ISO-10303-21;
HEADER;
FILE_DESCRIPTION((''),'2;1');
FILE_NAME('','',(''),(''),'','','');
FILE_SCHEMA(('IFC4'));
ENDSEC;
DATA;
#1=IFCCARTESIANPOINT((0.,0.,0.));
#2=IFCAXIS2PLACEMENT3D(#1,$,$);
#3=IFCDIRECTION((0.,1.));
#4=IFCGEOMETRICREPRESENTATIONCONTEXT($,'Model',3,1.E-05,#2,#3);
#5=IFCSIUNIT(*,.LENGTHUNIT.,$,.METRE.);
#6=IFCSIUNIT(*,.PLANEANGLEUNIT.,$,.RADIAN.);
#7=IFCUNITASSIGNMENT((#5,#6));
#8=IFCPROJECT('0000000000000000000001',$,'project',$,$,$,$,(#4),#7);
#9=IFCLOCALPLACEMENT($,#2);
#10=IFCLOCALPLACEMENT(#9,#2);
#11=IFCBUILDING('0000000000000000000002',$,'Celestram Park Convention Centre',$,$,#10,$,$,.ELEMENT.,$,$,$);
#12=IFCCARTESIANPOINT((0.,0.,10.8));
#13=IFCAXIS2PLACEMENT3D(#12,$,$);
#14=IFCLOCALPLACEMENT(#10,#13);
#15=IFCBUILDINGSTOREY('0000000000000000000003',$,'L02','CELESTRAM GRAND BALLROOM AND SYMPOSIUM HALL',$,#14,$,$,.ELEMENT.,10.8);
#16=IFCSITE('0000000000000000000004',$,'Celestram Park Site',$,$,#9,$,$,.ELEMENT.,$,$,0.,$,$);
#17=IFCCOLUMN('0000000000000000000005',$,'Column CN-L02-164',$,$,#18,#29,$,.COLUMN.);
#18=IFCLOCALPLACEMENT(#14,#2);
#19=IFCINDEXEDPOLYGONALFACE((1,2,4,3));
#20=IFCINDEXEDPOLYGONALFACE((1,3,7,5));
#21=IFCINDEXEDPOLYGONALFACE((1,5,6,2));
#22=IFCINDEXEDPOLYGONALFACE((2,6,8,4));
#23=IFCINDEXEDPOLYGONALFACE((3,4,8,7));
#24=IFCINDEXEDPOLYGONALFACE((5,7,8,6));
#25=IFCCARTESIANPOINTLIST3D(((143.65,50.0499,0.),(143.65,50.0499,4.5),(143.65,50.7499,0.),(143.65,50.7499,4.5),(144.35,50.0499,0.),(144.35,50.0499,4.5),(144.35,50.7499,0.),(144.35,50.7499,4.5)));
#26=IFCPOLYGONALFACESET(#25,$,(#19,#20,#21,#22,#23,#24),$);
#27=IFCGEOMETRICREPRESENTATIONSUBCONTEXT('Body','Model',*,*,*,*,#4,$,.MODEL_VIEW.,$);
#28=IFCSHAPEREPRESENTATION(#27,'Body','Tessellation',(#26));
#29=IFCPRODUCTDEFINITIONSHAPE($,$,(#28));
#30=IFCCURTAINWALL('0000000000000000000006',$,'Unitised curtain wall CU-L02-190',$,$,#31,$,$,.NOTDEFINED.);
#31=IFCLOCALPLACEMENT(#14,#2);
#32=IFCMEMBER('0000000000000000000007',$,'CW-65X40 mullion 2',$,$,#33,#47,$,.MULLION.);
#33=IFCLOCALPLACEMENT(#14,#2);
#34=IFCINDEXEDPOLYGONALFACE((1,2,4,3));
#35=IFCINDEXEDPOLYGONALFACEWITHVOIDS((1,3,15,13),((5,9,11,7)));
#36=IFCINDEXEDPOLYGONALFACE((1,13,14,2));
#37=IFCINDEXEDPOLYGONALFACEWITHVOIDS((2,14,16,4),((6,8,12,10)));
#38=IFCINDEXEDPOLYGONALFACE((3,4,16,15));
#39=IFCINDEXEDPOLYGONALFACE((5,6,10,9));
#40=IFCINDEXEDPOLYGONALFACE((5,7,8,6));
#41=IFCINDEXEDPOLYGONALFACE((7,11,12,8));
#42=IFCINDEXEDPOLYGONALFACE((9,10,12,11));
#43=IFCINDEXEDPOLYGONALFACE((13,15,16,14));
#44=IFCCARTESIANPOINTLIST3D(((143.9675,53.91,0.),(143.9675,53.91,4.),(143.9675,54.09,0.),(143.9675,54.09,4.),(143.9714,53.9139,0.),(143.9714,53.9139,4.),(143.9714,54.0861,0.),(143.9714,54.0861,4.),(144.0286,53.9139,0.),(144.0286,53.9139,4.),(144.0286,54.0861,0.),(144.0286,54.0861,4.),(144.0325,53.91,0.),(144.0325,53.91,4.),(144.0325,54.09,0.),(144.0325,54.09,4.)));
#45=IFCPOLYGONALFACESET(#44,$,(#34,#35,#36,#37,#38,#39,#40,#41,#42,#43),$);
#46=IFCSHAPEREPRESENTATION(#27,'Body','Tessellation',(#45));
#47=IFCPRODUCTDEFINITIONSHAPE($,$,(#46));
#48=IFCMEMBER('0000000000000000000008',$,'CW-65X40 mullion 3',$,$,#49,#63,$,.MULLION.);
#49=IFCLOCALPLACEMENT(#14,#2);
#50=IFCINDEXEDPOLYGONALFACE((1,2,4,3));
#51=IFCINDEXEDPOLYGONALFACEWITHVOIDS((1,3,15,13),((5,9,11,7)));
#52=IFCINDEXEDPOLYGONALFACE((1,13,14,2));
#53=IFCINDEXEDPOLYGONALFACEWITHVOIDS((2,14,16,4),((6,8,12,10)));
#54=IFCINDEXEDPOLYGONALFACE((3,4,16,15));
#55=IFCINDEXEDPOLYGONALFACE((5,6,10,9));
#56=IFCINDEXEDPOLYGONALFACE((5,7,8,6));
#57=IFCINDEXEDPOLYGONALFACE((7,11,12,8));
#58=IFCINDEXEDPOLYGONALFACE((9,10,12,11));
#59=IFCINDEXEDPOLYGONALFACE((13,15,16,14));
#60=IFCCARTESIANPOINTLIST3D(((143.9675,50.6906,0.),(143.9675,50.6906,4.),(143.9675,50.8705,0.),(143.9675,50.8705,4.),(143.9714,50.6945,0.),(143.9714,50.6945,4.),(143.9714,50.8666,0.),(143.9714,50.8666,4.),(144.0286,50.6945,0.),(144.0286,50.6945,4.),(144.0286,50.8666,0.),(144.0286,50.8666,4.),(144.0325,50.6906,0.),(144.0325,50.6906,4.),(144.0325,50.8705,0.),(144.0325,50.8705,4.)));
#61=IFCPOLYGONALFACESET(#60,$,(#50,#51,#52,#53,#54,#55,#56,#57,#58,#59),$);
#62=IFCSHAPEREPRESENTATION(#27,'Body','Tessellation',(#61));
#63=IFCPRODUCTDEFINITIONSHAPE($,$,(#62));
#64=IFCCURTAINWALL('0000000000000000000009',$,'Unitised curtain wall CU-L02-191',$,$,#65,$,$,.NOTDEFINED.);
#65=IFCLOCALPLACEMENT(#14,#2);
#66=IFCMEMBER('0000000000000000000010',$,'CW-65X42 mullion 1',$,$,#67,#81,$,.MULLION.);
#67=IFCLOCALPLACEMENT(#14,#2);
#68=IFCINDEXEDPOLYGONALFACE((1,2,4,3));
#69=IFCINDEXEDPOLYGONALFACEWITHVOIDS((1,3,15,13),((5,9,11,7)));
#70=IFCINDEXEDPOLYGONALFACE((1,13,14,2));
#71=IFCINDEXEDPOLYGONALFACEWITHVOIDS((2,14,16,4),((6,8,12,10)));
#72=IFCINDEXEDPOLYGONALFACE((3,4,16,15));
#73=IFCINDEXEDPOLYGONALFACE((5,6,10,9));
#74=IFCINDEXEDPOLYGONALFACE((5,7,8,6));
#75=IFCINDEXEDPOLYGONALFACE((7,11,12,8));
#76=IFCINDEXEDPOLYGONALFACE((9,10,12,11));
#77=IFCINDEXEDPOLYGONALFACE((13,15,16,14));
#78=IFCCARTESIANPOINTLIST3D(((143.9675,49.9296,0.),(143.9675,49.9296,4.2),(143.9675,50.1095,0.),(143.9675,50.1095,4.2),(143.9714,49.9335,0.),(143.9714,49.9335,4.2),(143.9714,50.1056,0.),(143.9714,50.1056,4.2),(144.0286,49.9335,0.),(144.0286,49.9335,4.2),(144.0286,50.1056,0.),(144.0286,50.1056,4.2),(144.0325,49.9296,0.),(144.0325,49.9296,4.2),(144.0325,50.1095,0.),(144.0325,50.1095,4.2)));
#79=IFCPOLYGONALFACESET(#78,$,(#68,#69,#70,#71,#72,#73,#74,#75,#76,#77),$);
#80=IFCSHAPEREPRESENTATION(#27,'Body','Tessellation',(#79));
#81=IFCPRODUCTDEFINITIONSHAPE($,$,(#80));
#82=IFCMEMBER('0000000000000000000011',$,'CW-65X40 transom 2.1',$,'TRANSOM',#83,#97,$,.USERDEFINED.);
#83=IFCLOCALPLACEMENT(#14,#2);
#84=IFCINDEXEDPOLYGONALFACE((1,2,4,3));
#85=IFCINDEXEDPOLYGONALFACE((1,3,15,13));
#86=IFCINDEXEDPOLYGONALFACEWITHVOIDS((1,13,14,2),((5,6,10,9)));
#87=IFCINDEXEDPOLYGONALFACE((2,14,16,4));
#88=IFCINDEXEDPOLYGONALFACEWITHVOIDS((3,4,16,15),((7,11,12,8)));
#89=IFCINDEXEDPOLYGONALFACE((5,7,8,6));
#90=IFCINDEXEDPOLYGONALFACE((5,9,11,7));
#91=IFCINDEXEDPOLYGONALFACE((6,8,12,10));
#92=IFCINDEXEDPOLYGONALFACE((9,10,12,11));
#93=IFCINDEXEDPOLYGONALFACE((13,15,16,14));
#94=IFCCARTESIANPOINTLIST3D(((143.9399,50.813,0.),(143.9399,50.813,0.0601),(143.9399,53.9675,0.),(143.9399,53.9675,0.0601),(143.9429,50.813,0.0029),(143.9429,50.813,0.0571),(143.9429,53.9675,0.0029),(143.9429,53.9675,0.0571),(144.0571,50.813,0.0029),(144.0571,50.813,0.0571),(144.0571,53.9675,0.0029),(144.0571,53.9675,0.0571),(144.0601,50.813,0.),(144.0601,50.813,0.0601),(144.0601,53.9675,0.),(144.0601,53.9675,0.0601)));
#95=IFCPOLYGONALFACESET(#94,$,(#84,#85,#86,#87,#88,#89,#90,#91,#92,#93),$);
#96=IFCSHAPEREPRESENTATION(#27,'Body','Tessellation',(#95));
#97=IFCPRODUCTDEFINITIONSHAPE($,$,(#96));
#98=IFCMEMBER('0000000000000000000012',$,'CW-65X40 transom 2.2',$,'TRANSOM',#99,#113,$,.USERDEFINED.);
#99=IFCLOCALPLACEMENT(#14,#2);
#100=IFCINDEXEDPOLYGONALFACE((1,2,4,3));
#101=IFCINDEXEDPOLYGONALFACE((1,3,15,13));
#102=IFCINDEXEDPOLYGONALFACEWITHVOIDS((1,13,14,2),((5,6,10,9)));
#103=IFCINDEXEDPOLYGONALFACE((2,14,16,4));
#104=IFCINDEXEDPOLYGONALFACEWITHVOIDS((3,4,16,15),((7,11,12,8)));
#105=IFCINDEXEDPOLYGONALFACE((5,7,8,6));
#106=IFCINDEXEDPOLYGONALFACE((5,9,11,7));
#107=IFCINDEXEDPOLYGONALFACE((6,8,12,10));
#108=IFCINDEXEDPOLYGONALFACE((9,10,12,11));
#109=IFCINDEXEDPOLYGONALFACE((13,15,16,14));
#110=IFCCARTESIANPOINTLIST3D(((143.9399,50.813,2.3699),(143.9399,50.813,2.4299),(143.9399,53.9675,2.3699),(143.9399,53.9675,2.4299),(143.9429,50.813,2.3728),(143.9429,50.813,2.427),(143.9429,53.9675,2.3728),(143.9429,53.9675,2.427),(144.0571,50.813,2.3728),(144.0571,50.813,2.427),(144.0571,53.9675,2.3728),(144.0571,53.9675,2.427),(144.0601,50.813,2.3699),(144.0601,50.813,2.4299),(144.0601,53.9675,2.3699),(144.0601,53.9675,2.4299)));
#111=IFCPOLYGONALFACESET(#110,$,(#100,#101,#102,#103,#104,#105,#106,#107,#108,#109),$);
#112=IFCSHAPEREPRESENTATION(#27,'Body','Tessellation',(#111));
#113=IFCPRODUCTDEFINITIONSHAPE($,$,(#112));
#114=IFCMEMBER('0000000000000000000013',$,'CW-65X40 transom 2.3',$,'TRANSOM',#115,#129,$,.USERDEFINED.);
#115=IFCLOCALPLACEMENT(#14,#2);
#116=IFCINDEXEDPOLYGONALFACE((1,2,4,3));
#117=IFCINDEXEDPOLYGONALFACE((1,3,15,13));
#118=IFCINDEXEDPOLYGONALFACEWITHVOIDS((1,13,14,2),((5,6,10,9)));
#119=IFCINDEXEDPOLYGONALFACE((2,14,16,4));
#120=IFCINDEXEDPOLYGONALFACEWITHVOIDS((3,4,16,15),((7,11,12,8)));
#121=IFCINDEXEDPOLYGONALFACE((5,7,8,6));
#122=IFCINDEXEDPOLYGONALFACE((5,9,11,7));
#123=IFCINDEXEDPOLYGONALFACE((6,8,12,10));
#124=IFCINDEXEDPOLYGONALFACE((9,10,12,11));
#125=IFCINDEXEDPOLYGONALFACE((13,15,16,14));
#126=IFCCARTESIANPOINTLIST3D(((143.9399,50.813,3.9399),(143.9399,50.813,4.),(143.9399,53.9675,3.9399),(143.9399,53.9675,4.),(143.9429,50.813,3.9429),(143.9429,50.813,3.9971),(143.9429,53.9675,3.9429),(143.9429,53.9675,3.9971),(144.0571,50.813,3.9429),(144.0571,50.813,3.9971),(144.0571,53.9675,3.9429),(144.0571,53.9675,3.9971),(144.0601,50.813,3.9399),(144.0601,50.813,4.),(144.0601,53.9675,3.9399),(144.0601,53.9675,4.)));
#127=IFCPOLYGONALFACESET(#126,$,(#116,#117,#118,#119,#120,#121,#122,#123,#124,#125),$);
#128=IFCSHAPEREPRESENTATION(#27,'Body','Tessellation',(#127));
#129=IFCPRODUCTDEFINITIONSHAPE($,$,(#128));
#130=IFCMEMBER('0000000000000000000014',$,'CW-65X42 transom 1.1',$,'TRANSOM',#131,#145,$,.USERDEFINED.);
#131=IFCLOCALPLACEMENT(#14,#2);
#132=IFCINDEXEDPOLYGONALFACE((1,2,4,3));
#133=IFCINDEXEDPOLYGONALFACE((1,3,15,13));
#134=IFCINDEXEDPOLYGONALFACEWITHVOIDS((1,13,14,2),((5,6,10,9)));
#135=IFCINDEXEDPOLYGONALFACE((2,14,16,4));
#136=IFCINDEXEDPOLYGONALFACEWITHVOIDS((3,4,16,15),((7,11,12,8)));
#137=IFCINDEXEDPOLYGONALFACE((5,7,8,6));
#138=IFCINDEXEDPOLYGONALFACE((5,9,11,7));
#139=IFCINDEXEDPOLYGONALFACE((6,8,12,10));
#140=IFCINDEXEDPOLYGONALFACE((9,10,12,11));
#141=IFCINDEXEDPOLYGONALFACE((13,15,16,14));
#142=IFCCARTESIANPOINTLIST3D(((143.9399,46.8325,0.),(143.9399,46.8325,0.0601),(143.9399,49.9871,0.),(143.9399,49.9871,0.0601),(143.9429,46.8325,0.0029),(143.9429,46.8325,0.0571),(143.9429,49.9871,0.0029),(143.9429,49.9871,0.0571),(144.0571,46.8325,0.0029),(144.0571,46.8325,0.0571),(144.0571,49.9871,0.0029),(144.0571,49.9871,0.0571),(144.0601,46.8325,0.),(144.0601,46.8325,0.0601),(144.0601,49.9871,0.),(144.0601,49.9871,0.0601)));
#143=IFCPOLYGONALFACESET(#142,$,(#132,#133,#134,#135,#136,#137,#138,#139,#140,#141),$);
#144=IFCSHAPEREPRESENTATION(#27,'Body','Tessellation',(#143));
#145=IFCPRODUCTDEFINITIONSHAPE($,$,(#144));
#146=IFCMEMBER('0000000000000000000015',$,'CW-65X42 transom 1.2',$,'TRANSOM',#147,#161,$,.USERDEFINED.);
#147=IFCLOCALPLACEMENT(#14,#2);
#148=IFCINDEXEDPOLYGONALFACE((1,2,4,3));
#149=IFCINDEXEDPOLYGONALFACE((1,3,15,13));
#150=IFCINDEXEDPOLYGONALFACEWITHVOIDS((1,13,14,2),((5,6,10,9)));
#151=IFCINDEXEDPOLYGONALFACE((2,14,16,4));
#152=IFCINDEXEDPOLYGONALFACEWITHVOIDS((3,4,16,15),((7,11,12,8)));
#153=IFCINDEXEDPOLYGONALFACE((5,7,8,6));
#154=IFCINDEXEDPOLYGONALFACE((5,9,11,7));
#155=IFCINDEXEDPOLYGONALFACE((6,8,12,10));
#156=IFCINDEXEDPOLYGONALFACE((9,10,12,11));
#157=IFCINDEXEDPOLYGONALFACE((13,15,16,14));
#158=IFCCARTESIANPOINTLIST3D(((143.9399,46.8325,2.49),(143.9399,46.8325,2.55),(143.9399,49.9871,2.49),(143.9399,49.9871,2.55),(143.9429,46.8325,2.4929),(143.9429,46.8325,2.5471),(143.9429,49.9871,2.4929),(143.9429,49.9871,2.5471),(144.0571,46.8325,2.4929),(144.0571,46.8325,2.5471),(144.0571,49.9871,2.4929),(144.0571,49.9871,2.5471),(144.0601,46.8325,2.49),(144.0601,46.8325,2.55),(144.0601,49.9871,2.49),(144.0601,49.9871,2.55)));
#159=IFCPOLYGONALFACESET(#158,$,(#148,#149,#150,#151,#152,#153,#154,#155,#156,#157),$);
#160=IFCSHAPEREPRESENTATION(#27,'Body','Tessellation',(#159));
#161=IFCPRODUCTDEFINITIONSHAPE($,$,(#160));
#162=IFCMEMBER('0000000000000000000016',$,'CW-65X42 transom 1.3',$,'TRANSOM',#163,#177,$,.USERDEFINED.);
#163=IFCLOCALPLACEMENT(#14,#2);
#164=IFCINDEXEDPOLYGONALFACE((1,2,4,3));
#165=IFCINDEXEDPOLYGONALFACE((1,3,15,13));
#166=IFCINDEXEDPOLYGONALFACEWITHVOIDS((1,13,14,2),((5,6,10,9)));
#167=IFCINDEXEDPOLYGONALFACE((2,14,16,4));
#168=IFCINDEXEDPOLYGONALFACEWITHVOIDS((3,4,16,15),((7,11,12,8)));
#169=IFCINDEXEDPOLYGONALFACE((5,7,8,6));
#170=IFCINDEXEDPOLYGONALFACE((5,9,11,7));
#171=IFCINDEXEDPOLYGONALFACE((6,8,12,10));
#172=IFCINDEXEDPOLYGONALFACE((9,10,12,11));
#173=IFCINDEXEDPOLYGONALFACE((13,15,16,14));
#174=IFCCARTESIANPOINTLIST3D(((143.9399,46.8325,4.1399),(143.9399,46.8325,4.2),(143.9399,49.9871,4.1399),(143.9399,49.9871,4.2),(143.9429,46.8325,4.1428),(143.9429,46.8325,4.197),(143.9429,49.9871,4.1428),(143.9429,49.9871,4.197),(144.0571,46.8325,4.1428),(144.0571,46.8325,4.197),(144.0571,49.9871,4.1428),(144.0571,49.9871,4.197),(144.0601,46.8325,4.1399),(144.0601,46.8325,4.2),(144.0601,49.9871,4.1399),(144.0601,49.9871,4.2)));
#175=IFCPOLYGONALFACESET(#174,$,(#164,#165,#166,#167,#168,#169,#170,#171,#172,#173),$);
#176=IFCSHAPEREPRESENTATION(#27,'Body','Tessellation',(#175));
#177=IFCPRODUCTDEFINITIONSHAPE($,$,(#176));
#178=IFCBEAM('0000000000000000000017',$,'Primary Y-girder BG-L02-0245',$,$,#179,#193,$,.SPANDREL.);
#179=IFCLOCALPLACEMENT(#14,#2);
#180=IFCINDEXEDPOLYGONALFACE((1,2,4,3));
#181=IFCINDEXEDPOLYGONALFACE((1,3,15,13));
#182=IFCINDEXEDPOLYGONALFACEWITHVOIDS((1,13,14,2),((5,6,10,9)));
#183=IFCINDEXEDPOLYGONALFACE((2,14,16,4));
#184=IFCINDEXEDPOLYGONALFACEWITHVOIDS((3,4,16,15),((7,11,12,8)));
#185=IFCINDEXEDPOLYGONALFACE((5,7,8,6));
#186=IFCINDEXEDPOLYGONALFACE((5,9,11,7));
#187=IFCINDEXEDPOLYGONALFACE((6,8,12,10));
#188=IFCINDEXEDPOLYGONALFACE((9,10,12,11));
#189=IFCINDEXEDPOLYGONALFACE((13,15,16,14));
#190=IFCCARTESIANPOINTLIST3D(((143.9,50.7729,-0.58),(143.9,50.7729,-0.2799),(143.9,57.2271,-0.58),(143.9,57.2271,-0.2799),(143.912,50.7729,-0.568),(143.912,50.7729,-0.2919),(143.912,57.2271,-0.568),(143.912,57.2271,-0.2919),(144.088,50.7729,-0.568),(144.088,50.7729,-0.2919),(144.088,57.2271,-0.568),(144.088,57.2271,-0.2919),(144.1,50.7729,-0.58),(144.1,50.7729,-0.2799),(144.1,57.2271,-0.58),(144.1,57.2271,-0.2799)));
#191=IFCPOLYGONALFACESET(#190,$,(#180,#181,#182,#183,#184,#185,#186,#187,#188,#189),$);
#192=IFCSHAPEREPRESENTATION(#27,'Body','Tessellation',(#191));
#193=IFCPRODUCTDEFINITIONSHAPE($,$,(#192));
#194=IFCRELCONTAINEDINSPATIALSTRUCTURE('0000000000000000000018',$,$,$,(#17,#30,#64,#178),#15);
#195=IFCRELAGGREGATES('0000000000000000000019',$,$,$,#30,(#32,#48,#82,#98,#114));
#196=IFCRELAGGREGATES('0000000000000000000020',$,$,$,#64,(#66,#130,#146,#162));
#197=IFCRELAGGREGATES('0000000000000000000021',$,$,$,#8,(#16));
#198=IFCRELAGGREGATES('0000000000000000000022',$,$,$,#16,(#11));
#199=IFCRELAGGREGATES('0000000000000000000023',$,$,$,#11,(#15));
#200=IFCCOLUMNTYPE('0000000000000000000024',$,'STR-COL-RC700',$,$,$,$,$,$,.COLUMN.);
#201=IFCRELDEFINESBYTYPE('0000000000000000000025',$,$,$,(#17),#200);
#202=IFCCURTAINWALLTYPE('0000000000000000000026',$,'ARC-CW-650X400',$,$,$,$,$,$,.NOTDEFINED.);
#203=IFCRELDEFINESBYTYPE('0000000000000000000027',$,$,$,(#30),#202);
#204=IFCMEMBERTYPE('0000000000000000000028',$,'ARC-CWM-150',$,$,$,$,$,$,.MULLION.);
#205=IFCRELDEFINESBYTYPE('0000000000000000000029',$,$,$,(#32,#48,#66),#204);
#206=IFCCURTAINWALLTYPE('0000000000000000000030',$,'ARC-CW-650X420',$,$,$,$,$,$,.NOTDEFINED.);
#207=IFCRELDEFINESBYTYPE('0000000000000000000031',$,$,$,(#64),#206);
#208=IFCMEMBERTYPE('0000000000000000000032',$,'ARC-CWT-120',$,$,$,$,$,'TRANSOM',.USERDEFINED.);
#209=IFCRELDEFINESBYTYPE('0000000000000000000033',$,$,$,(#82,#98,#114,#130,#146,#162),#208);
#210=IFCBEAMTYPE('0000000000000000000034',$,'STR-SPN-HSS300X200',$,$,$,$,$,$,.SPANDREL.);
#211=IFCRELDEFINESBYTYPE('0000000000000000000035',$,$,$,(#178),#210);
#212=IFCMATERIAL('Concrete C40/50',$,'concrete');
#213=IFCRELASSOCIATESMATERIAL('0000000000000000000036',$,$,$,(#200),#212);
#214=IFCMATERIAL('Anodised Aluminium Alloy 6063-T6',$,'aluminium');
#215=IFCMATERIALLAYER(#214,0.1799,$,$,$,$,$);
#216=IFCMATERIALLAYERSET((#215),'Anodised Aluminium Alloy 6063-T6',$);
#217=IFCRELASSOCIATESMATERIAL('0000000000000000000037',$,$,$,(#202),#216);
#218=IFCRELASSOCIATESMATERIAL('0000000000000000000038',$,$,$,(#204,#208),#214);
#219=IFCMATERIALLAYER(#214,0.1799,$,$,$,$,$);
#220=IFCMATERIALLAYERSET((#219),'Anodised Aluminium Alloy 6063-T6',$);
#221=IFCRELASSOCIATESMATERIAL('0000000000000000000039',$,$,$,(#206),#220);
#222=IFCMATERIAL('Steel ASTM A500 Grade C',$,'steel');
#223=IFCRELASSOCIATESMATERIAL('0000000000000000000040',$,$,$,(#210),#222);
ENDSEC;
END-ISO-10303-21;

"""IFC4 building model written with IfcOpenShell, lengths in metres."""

from ifc_helpers import new_model, si_unit, direction, frame, origin, origin_2d, place, context, subcontext, project, spatial, rectangle, hollow_rectangle, extrude, material, layer, layer_set, material_profile, profile_set, type_object, element, aggregate, save


model = new_model("IFC4")

# Units and contexts
model_context = context("Model", 3, precision=1e-05, world=origin(), true_north=direction((0.0, 1.0)))
body_context = subcontext(model_context, "Body", "Model", "MODEL_VIEW")
ifc_project = project(units=[si_unit("LENGTHUNIT", "METRE"), si_unit("PLANEANGLEUNIT", "RADIAN")], contexts=[model_context])

# Site, building, storey
site_placement = place(None, origin())
site = spatial("IfcSite", under=ifc_project, at=site_placement, Name="Celestram Park Site", CompositionType="ELEMENT", RefElevation=0.0)
building_placement = place(site_placement, origin())
building = spatial("IfcBuilding", under=site, at=building_placement, Name="Celestram Park Convention Centre", CompositionType="ELEMENT")
storey_placement = place(building_placement, frame((0.0, 0.0, 10.8)))
storey = spatial("IfcBuildingStorey", under=building, at=storey_placement, Name="L02", Description="CELESTRAM GRAND BALLROOM AND SYMPOSIUM HALL", CompositionType="ELEMENT", Elevation=10.8)

# Column
ifc_material_1 = material(Name="Concrete C40/50", Category="concrete")
ifc_material_profile_1 = material_profile(ifc_material_1, rectangle(XDim=0.7, YDim=0.7, at=origin_2d()), Name="RC700X700")
ifc_profile_set_1 = profile_set([ifc_material_profile_1], Name="Concrete C40/50")
column_type = type_object("IfcColumnType", Name="STR-COL-RC700", PredefinedType="COLUMN", material=ifc_profile_set_1)
column_placement = place(storey_placement, frame((144.0, 50.3999, 0.0), z_axis=(0.0, 0.0, 1.0), x_axis=(1.0, 0.0, 0.0)))
element("IfcColumn", 1, at=column_placement, inside=storey, type_object=column_type, Name="Column CN-L02-164", PredefinedType="COLUMN", context=body_context, shape_type="SweptSolid", body=[
    extrude(rectangle(XDim=0.7, YDim=0.7, at=origin_2d()), origin(), (0.0, 0.0, 1.0), 4.5),
])

# Curtain wall, members
ifc_material_2 = material(Name="Anodised Aluminium Alloy 6063-T6", Category="aluminium")
ifc_layer_1 = layer(ifc_material_2, 0.1799)
ifc_layer_set_1 = layer_set([ifc_layer_1], Name="Anodised Aluminium Alloy 6063-T6")
curtain_wall_type_1 = type_object("IfcCurtainWallType", Name="ARC-CW-650X400", PredefinedType="NOTDEFINED", material=ifc_layer_set_1)
curtain_wall_1_placement = place(storey_placement, origin())
curtain_wall_1 = element("IfcCurtainWall", 2, at=curtain_wall_1_placement, inside=storey, type_object=curtain_wall_type_1, Name="Unitised curtain wall CU-L02-190", PredefinedType="NOTDEFINED")
ifc_material_profile_2 = material_profile(ifc_material_2, hollow_rectangle(XDim=0.0649, YDim=0.1799, WallThickness=0.0039, at=origin_2d()), Name="ALU65X180X4")
ifc_profile_set_2 = profile_set([ifc_material_profile_2], Name="Anodised Aluminium Alloy 6063-T6")
member_type_1 = type_object("IfcMemberType", Name="ARC-CWM-150", PredefinedType="MULLION", material=ifc_profile_set_2)
member_1_placement = place(storey_placement, frame((144.0, 54.0, 0.0), z_axis=(0.0, 0.0, 1.0), x_axis=(1.0, 0.0, 0.0)))
member_1 = element("IfcMember", 3, at=member_1_placement, type_object=member_type_1, Name="CW-65X40 mullion 2", PredefinedType="MULLION", context=body_context, shape_type="SweptSolid", body=[
    extrude(hollow_rectangle(XDim=0.0649, YDim=0.1799, WallThickness=0.0039, at=origin_2d()), origin(), (0.0, 0.0, 1.0), 4.0),
])
member_2_placement = place(storey_placement, frame((144.0, 50.7805, 0.0), z_axis=(0.0, 0.0, 1.0), x_axis=(1.0, 0.0, 0.0)))
member_2 = element("IfcMember", 4, at=member_2_placement, type_object=member_type_1, Name="CW-65X40 mullion 3", PredefinedType="MULLION", context=body_context, shape_type="SweptSolid", body=[
    extrude(hollow_rectangle(XDim=0.0649, YDim=0.1799, WallThickness=0.0039, at=origin_2d()), origin(), (0.0, 0.0, 1.0), 4.0),
])

# Curtain wall, member
ifc_layer_2 = layer(ifc_material_2, 0.1799)
ifc_layer_set_2 = layer_set([ifc_layer_2], Name="Anodised Aluminium Alloy 6063-T6")
curtain_wall_type_2 = type_object("IfcCurtainWallType", Name="ARC-CW-650X420", PredefinedType="NOTDEFINED", material=ifc_layer_set_2)
curtain_wall_2_placement = place(storey_placement, origin())
curtain_wall_2 = element("IfcCurtainWall", 5, at=curtain_wall_2_placement, inside=storey, type_object=curtain_wall_type_2, Name="Unitised curtain wall CU-L02-191", PredefinedType="NOTDEFINED")
member_3_placement = place(storey_placement, frame((144.0, 50.0195, 0.0), z_axis=(0.0, 0.0, 1.0), x_axis=(1.0, 0.0, 0.0)))
member_3 = element("IfcMember", 6, at=member_3_placement, type_object=member_type_1, Name="CW-65X42 mullion 1", PredefinedType="MULLION", context=body_context, shape_type="SweptSolid", body=[
    extrude(hollow_rectangle(XDim=0.0649, YDim=0.1799, WallThickness=0.0039, at=origin_2d()), origin(), (0.0, 0.0, 1.0), 4.2),
])

# Members
ifc_material_profile_3 = material_profile(ifc_material_2, hollow_rectangle(XDim=0.1201, YDim=0.0601, WallThickness=0.0029, at=origin_2d()), Name="ALU120X60X3")
ifc_profile_set_3 = profile_set([ifc_material_profile_3], Name="Anodised Aluminium Alloy 6063-T6")
member_type_2 = type_object("IfcMemberType", Name="ARC-CWT-120", ElementType="TRANSOM", PredefinedType="USERDEFINED", material=ifc_profile_set_3)
member_4_placement = place(storey_placement, frame((144.0, 53.9675, 0.03), z_axis=(0.0, -1.0, 0.0), x_axis=(1.0, 0.0, 0.0)))
member_4 = element("IfcMember", 7, at=member_4_placement, type_object=member_type_2, Name="CW-65X40 transom 2.1", ObjectType="TRANSOM", PredefinedType="USERDEFINED", context=body_context, shape_type="SweptSolid", body=[
    extrude(hollow_rectangle(XDim=0.1201, YDim=0.0601, WallThickness=0.0029, at=origin_2d()), origin(), (0.0, 0.0, 1.0), 3.1545),
])
member_5_placement = place(storey_placement, frame((144.0, 53.9675, 2.3999), z_axis=(0.0, -1.0, 0.0), x_axis=(1.0, 0.0, 0.0)))
member_5 = element("IfcMember", 8, at=member_5_placement, type_object=member_type_2, Name="CW-65X40 transom 2.2", ObjectType="TRANSOM", PredefinedType="USERDEFINED", context=body_context, shape_type="SweptSolid", body=[
    extrude(hollow_rectangle(XDim=0.1201, YDim=0.0601, WallThickness=0.0029, at=origin_2d()), origin(), (0.0, 0.0, 1.0), 3.1545),
])
member_6_placement = place(storey_placement, frame((144.0, 53.9675, 3.97), z_axis=(0.0, -1.0, 0.0), x_axis=(1.0, 0.0, 0.0)))
member_6 = element("IfcMember", 9, at=member_6_placement, type_object=member_type_2, Name="CW-65X40 transom 2.3", ObjectType="TRANSOM", PredefinedType="USERDEFINED", context=body_context, shape_type="SweptSolid", body=[
    extrude(hollow_rectangle(XDim=0.1201, YDim=0.0601, WallThickness=0.0029, at=origin_2d()), origin(), (0.0, 0.0, 1.0), 3.1545),
])
member_7_placement = place(storey_placement, frame((144.0, 49.9871, 0.03), z_axis=(0.0, -1.0, 0.0), x_axis=(1.0, 0.0, 0.0)))
member_7 = element("IfcMember", 10, at=member_7_placement, type_object=member_type_2, Name="CW-65X42 transom 1.1", ObjectType="TRANSOM", PredefinedType="USERDEFINED", context=body_context, shape_type="SweptSolid", body=[
    extrude(hollow_rectangle(XDim=0.1201, YDim=0.0601, WallThickness=0.0029, at=origin_2d()), origin(), (0.0, 0.0, 1.0), 3.1545),
])
member_8_placement = place(storey_placement, frame((144.0, 49.9871, 2.52), z_axis=(0.0, -1.0, 0.0), x_axis=(1.0, 0.0, 0.0)))
member_8 = element("IfcMember", 11, at=member_8_placement, type_object=member_type_2, Name="CW-65X42 transom 1.2", ObjectType="TRANSOM", PredefinedType="USERDEFINED", context=body_context, shape_type="SweptSolid", body=[
    extrude(hollow_rectangle(XDim=0.1201, YDim=0.0601, WallThickness=0.0029, at=origin_2d()), origin(), (0.0, 0.0, 1.0), 3.1545),
])
member_9_placement = place(storey_placement, frame((144.0, 49.9871, 4.1699), z_axis=(0.0, -1.0, 0.0), x_axis=(1.0, 0.0, 0.0)))
member_9 = element("IfcMember", 12, at=member_9_placement, type_object=member_type_2, Name="CW-65X42 transom 1.3", ObjectType="TRANSOM", PredefinedType="USERDEFINED", context=body_context, shape_type="SweptSolid", body=[
    extrude(hollow_rectangle(XDim=0.1201, YDim=0.0601, WallThickness=0.0029, at=origin_2d()), origin(), (0.0, 0.0, 1.0), 3.1545),
])

# Beam
ifc_material_3 = material(Name="Steel ASTM A500 Grade C", Category="steel")
ifc_material_profile_4 = material_profile(ifc_material_3, hollow_rectangle(XDim=0.2, YDim=0.3, WallThickness=0.012, at=origin_2d()), Name="HSS300X200X12")
ifc_profile_set_4 = profile_set([ifc_material_profile_4], Name="Steel ASTM A500 Grade C")
beam_type = type_object("IfcBeamType", Name="STR-SPN-HSS300X200", PredefinedType="SPANDREL", material=ifc_profile_set_4)
beam_placement = place(storey_placement, frame((144.0, 50.7729, -0.4299), z_axis=(0.0, 1.0, 0.0), x_axis=(-1.0, 0.0, 0.0)))
element("IfcBeam", 13, at=beam_placement, inside=storey, type_object=beam_type, Name="Primary Y-girder BG-L02-0245", PredefinedType="SPANDREL", context=body_context, shape_type="SweptSolid", body=[
    extrude(hollow_rectangle(XDim=0.2, YDim=0.3, WallThickness=0.012, at=origin_2d()), origin(), (0.0, 0.0, 1.0), 6.4541),
])

aggregate(curtain_wall_1, [member_1, member_2, member_4, member_5, member_6])
aggregate(curtain_wall_2, [member_3, member_7, member_8, member_9])

save(model, "model.ifc")
